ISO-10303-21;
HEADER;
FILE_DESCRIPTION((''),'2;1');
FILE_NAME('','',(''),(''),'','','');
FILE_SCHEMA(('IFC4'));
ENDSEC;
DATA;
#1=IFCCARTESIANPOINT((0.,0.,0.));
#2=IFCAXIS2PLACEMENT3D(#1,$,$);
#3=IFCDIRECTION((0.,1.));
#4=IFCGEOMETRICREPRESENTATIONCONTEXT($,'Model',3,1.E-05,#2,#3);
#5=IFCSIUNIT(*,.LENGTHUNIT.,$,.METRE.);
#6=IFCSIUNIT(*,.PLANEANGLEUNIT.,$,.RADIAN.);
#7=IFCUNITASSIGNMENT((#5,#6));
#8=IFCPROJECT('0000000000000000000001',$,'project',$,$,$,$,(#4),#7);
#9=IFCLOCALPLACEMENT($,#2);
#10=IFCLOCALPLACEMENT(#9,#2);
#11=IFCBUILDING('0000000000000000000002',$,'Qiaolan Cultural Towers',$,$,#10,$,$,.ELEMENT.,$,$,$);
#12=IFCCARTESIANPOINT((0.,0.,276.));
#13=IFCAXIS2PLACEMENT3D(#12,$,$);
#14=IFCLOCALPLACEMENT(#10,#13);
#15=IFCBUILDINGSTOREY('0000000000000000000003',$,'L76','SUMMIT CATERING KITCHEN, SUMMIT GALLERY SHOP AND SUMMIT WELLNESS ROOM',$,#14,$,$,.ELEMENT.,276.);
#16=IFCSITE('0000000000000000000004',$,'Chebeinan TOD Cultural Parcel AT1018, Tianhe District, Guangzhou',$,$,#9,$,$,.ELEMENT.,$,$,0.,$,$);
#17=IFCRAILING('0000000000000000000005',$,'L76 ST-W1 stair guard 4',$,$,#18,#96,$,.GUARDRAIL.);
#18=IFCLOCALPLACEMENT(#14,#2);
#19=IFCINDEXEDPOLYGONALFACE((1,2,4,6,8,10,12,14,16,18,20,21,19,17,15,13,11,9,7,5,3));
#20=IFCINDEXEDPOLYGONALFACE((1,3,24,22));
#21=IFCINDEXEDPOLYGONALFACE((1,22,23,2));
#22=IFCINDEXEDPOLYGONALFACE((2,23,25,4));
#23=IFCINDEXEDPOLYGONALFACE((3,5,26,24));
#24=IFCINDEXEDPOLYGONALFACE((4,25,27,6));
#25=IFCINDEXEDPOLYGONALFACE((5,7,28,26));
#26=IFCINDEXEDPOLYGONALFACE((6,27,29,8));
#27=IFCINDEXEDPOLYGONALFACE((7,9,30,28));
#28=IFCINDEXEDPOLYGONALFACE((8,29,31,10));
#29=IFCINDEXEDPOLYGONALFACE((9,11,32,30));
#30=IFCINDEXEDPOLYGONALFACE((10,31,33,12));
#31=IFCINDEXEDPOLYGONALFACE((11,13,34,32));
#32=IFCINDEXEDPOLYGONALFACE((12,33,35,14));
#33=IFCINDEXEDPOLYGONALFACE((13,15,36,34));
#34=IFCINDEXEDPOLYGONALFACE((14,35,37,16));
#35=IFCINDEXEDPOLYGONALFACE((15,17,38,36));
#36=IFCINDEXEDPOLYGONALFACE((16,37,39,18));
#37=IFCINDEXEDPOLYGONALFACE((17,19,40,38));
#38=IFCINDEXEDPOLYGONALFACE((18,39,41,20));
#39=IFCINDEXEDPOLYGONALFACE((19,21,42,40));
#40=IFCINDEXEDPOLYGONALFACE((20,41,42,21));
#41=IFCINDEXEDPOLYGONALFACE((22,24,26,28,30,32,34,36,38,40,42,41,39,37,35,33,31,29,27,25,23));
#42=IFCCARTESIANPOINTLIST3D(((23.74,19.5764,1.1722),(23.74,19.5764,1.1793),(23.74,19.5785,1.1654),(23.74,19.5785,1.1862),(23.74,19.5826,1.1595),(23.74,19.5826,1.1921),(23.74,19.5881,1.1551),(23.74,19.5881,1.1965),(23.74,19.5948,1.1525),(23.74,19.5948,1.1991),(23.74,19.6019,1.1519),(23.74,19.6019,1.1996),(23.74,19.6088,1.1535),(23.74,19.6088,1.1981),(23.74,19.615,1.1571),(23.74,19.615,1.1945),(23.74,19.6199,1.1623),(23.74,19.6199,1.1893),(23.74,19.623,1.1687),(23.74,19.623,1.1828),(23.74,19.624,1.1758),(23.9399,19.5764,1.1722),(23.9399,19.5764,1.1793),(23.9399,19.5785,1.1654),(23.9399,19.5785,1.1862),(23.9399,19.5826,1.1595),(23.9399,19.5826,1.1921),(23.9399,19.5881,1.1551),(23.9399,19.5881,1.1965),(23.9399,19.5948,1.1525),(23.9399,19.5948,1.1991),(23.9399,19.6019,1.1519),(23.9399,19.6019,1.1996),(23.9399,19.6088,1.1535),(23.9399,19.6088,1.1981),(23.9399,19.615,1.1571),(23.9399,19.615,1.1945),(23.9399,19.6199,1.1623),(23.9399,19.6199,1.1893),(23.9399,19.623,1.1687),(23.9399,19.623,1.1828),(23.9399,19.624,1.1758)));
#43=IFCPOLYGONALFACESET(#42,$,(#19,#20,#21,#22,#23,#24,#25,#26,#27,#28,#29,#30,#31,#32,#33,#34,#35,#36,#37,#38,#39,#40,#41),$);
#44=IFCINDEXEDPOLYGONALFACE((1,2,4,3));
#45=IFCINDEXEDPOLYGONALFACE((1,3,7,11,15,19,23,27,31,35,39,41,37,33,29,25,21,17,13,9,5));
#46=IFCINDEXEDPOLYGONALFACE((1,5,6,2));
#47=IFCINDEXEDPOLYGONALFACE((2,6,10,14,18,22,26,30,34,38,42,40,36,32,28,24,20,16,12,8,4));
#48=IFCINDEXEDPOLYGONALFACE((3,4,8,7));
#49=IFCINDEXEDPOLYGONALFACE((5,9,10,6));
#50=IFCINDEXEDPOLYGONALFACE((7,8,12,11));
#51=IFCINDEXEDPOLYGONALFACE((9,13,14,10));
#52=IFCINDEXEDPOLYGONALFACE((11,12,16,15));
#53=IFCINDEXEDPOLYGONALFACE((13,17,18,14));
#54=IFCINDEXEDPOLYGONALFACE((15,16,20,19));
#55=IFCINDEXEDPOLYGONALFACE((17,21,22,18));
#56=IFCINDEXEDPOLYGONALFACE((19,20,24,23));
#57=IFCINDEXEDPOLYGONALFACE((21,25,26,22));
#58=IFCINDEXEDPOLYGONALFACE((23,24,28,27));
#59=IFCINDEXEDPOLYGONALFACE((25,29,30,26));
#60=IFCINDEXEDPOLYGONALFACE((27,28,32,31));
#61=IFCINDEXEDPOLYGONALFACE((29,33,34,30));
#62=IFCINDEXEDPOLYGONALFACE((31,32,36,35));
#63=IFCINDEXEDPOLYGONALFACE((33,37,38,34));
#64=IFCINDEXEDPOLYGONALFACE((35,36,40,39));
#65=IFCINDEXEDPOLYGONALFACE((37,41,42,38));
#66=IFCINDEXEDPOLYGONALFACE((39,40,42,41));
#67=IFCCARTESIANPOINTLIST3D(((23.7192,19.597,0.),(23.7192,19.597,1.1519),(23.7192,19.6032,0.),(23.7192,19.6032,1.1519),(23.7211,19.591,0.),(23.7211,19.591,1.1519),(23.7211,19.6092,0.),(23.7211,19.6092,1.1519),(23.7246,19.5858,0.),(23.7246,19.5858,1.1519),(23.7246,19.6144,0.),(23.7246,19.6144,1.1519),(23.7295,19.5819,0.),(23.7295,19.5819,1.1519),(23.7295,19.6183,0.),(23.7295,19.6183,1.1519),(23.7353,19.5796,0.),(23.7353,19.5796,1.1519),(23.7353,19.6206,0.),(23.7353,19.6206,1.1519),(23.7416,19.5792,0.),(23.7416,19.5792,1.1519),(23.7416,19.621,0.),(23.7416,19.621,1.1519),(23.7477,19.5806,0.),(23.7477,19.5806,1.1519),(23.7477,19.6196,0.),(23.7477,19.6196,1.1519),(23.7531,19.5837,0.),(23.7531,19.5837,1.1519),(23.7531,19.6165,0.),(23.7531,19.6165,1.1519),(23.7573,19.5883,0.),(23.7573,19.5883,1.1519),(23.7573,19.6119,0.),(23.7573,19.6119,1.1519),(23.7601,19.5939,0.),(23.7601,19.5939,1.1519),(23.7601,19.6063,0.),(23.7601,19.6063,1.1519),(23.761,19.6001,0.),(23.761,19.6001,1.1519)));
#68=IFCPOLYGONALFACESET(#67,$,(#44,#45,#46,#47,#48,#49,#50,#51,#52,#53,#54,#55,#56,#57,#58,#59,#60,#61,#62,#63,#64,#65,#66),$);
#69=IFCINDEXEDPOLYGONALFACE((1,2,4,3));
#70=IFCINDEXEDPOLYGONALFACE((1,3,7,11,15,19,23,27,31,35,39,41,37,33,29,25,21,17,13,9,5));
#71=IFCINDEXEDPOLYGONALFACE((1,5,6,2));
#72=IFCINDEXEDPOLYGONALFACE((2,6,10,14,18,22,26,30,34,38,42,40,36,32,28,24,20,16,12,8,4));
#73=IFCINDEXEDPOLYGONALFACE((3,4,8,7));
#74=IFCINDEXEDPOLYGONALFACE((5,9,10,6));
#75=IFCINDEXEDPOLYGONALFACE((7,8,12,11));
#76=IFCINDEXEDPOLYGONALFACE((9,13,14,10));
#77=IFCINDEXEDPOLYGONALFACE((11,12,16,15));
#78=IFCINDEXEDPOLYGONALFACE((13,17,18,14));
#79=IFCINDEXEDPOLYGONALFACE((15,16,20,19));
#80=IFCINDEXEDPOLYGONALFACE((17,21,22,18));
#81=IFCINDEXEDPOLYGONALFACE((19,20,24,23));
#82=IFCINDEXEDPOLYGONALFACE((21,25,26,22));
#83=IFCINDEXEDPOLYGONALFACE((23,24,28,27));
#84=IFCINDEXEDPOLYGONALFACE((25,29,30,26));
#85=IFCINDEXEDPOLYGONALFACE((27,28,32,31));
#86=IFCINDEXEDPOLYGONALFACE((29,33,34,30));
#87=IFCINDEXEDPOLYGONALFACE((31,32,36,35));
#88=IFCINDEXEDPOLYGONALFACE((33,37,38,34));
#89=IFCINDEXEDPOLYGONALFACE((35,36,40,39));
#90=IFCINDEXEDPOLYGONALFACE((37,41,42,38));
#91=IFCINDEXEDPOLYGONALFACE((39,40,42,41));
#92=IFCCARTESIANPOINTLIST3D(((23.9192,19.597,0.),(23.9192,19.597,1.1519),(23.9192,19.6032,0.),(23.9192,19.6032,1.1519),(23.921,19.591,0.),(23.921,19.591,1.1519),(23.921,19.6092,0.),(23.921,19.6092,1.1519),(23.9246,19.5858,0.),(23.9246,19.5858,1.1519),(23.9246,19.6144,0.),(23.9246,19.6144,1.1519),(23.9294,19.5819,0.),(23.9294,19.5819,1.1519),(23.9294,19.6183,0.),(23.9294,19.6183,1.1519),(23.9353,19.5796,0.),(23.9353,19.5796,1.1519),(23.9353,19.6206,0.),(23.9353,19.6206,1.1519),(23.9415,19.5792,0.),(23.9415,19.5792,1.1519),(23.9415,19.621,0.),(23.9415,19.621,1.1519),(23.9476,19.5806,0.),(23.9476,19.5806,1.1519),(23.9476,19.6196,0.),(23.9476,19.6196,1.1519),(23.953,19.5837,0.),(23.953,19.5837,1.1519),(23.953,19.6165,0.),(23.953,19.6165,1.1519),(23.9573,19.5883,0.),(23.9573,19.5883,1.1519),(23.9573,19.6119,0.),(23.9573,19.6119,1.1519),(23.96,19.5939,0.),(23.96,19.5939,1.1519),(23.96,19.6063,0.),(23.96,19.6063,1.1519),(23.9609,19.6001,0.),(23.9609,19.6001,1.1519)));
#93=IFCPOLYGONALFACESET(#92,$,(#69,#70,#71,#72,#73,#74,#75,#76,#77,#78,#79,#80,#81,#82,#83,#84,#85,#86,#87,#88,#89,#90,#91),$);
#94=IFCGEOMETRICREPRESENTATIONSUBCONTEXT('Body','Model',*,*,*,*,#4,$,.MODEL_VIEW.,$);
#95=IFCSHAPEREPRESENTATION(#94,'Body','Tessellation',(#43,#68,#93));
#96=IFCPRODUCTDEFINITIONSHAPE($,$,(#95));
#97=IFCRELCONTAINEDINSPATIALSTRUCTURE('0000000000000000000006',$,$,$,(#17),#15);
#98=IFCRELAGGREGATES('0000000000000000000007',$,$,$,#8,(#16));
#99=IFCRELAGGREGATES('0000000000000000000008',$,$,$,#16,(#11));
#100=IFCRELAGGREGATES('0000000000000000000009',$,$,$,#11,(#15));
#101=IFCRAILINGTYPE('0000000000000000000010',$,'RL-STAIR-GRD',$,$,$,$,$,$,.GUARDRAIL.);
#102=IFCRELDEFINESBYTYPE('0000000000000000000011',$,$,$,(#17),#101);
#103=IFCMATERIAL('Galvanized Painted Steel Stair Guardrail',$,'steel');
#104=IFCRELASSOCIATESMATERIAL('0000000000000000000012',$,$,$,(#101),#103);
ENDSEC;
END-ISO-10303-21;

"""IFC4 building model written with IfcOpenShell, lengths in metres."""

from ifc_helpers import new_model, si_unit, direction, frame, origin, origin_2d, place, context, subcontext, project, spatial, circle, extrude, material, type_object, element, save


model = new_model("IFC4")

# Units and contexts
model_context = context("Model", 3, precision=1e-05, world=origin(), true_north=direction((0.0, 1.0)))
body_context = subcontext(model_context, "Body", "Model", "MODEL_VIEW")
ifc_project = project(units=[si_unit("LENGTHUNIT", "METRE"), si_unit("PLANEANGLEUNIT", "RADIAN")], contexts=[model_context])

# Site, building, storey
site_placement = place(None, origin())
site = spatial("IfcSite", under=ifc_project, at=site_placement, Name="Chebeinan TOD Cultural Parcel AT1018, Tianhe District, Guangzhou", CompositionType="ELEMENT", RefElevation=0.0)
building_placement = place(site_placement, origin())
building = spatial("IfcBuilding", under=site, at=building_placement, Name="Qiaolan Cultural Towers", CompositionType="ELEMENT")
storey_placement = place(building_placement, frame((0.0, 0.0, 276.0)))
storey = spatial("IfcBuildingStorey", under=building, at=storey_placement, Name="L76", Description="SUMMIT CATERING KITCHEN, SUMMIT GALLERY SHOP AND SUMMIT WELLNESS ROOM", CompositionType="ELEMENT", Elevation=276.0)

# Railing
ifc_material_1 = material(Name="Galvanized Painted Steel Stair Guardrail", Category="steel")
railing_type_1 = type_object("IfcRailingType", Name="RL-STAIR-GRD", PredefinedType="GUARDRAIL", material=ifc_material_1)
railing_1_placement = place(storey_placement, frame((23.74, 19.6001, 0.0)))
element("IfcRailing", 1, at=railing_1_placement, inside=storey, type_object=railing_type_1, Name="L76 ST-W1 stair guard 4", PredefinedType="GUARDRAIL", context=body_context, shape_type="SweptSolid", body=[
    extrude(circle(Radius=0.0239, at=origin_2d()), frame((0.0, 0.0, 1.1758), z_axis=(1.0, 0.0, 0.0), x_axis=(0.0, 1.0, 0.0)), (0.0, 0.0, 1.0), 0.2),
    extrude(circle(Radius=0.021, at=origin_2d()), origin(), (0.0, 0.0, 1.0), 1.1519),
    extrude(circle(Radius=0.021, at=origin_2d()), frame((0.2, 0.0, 0.0)), (0.0, 0.0, 1.0), 1.1519),
])

save(model, "model.ifc")
